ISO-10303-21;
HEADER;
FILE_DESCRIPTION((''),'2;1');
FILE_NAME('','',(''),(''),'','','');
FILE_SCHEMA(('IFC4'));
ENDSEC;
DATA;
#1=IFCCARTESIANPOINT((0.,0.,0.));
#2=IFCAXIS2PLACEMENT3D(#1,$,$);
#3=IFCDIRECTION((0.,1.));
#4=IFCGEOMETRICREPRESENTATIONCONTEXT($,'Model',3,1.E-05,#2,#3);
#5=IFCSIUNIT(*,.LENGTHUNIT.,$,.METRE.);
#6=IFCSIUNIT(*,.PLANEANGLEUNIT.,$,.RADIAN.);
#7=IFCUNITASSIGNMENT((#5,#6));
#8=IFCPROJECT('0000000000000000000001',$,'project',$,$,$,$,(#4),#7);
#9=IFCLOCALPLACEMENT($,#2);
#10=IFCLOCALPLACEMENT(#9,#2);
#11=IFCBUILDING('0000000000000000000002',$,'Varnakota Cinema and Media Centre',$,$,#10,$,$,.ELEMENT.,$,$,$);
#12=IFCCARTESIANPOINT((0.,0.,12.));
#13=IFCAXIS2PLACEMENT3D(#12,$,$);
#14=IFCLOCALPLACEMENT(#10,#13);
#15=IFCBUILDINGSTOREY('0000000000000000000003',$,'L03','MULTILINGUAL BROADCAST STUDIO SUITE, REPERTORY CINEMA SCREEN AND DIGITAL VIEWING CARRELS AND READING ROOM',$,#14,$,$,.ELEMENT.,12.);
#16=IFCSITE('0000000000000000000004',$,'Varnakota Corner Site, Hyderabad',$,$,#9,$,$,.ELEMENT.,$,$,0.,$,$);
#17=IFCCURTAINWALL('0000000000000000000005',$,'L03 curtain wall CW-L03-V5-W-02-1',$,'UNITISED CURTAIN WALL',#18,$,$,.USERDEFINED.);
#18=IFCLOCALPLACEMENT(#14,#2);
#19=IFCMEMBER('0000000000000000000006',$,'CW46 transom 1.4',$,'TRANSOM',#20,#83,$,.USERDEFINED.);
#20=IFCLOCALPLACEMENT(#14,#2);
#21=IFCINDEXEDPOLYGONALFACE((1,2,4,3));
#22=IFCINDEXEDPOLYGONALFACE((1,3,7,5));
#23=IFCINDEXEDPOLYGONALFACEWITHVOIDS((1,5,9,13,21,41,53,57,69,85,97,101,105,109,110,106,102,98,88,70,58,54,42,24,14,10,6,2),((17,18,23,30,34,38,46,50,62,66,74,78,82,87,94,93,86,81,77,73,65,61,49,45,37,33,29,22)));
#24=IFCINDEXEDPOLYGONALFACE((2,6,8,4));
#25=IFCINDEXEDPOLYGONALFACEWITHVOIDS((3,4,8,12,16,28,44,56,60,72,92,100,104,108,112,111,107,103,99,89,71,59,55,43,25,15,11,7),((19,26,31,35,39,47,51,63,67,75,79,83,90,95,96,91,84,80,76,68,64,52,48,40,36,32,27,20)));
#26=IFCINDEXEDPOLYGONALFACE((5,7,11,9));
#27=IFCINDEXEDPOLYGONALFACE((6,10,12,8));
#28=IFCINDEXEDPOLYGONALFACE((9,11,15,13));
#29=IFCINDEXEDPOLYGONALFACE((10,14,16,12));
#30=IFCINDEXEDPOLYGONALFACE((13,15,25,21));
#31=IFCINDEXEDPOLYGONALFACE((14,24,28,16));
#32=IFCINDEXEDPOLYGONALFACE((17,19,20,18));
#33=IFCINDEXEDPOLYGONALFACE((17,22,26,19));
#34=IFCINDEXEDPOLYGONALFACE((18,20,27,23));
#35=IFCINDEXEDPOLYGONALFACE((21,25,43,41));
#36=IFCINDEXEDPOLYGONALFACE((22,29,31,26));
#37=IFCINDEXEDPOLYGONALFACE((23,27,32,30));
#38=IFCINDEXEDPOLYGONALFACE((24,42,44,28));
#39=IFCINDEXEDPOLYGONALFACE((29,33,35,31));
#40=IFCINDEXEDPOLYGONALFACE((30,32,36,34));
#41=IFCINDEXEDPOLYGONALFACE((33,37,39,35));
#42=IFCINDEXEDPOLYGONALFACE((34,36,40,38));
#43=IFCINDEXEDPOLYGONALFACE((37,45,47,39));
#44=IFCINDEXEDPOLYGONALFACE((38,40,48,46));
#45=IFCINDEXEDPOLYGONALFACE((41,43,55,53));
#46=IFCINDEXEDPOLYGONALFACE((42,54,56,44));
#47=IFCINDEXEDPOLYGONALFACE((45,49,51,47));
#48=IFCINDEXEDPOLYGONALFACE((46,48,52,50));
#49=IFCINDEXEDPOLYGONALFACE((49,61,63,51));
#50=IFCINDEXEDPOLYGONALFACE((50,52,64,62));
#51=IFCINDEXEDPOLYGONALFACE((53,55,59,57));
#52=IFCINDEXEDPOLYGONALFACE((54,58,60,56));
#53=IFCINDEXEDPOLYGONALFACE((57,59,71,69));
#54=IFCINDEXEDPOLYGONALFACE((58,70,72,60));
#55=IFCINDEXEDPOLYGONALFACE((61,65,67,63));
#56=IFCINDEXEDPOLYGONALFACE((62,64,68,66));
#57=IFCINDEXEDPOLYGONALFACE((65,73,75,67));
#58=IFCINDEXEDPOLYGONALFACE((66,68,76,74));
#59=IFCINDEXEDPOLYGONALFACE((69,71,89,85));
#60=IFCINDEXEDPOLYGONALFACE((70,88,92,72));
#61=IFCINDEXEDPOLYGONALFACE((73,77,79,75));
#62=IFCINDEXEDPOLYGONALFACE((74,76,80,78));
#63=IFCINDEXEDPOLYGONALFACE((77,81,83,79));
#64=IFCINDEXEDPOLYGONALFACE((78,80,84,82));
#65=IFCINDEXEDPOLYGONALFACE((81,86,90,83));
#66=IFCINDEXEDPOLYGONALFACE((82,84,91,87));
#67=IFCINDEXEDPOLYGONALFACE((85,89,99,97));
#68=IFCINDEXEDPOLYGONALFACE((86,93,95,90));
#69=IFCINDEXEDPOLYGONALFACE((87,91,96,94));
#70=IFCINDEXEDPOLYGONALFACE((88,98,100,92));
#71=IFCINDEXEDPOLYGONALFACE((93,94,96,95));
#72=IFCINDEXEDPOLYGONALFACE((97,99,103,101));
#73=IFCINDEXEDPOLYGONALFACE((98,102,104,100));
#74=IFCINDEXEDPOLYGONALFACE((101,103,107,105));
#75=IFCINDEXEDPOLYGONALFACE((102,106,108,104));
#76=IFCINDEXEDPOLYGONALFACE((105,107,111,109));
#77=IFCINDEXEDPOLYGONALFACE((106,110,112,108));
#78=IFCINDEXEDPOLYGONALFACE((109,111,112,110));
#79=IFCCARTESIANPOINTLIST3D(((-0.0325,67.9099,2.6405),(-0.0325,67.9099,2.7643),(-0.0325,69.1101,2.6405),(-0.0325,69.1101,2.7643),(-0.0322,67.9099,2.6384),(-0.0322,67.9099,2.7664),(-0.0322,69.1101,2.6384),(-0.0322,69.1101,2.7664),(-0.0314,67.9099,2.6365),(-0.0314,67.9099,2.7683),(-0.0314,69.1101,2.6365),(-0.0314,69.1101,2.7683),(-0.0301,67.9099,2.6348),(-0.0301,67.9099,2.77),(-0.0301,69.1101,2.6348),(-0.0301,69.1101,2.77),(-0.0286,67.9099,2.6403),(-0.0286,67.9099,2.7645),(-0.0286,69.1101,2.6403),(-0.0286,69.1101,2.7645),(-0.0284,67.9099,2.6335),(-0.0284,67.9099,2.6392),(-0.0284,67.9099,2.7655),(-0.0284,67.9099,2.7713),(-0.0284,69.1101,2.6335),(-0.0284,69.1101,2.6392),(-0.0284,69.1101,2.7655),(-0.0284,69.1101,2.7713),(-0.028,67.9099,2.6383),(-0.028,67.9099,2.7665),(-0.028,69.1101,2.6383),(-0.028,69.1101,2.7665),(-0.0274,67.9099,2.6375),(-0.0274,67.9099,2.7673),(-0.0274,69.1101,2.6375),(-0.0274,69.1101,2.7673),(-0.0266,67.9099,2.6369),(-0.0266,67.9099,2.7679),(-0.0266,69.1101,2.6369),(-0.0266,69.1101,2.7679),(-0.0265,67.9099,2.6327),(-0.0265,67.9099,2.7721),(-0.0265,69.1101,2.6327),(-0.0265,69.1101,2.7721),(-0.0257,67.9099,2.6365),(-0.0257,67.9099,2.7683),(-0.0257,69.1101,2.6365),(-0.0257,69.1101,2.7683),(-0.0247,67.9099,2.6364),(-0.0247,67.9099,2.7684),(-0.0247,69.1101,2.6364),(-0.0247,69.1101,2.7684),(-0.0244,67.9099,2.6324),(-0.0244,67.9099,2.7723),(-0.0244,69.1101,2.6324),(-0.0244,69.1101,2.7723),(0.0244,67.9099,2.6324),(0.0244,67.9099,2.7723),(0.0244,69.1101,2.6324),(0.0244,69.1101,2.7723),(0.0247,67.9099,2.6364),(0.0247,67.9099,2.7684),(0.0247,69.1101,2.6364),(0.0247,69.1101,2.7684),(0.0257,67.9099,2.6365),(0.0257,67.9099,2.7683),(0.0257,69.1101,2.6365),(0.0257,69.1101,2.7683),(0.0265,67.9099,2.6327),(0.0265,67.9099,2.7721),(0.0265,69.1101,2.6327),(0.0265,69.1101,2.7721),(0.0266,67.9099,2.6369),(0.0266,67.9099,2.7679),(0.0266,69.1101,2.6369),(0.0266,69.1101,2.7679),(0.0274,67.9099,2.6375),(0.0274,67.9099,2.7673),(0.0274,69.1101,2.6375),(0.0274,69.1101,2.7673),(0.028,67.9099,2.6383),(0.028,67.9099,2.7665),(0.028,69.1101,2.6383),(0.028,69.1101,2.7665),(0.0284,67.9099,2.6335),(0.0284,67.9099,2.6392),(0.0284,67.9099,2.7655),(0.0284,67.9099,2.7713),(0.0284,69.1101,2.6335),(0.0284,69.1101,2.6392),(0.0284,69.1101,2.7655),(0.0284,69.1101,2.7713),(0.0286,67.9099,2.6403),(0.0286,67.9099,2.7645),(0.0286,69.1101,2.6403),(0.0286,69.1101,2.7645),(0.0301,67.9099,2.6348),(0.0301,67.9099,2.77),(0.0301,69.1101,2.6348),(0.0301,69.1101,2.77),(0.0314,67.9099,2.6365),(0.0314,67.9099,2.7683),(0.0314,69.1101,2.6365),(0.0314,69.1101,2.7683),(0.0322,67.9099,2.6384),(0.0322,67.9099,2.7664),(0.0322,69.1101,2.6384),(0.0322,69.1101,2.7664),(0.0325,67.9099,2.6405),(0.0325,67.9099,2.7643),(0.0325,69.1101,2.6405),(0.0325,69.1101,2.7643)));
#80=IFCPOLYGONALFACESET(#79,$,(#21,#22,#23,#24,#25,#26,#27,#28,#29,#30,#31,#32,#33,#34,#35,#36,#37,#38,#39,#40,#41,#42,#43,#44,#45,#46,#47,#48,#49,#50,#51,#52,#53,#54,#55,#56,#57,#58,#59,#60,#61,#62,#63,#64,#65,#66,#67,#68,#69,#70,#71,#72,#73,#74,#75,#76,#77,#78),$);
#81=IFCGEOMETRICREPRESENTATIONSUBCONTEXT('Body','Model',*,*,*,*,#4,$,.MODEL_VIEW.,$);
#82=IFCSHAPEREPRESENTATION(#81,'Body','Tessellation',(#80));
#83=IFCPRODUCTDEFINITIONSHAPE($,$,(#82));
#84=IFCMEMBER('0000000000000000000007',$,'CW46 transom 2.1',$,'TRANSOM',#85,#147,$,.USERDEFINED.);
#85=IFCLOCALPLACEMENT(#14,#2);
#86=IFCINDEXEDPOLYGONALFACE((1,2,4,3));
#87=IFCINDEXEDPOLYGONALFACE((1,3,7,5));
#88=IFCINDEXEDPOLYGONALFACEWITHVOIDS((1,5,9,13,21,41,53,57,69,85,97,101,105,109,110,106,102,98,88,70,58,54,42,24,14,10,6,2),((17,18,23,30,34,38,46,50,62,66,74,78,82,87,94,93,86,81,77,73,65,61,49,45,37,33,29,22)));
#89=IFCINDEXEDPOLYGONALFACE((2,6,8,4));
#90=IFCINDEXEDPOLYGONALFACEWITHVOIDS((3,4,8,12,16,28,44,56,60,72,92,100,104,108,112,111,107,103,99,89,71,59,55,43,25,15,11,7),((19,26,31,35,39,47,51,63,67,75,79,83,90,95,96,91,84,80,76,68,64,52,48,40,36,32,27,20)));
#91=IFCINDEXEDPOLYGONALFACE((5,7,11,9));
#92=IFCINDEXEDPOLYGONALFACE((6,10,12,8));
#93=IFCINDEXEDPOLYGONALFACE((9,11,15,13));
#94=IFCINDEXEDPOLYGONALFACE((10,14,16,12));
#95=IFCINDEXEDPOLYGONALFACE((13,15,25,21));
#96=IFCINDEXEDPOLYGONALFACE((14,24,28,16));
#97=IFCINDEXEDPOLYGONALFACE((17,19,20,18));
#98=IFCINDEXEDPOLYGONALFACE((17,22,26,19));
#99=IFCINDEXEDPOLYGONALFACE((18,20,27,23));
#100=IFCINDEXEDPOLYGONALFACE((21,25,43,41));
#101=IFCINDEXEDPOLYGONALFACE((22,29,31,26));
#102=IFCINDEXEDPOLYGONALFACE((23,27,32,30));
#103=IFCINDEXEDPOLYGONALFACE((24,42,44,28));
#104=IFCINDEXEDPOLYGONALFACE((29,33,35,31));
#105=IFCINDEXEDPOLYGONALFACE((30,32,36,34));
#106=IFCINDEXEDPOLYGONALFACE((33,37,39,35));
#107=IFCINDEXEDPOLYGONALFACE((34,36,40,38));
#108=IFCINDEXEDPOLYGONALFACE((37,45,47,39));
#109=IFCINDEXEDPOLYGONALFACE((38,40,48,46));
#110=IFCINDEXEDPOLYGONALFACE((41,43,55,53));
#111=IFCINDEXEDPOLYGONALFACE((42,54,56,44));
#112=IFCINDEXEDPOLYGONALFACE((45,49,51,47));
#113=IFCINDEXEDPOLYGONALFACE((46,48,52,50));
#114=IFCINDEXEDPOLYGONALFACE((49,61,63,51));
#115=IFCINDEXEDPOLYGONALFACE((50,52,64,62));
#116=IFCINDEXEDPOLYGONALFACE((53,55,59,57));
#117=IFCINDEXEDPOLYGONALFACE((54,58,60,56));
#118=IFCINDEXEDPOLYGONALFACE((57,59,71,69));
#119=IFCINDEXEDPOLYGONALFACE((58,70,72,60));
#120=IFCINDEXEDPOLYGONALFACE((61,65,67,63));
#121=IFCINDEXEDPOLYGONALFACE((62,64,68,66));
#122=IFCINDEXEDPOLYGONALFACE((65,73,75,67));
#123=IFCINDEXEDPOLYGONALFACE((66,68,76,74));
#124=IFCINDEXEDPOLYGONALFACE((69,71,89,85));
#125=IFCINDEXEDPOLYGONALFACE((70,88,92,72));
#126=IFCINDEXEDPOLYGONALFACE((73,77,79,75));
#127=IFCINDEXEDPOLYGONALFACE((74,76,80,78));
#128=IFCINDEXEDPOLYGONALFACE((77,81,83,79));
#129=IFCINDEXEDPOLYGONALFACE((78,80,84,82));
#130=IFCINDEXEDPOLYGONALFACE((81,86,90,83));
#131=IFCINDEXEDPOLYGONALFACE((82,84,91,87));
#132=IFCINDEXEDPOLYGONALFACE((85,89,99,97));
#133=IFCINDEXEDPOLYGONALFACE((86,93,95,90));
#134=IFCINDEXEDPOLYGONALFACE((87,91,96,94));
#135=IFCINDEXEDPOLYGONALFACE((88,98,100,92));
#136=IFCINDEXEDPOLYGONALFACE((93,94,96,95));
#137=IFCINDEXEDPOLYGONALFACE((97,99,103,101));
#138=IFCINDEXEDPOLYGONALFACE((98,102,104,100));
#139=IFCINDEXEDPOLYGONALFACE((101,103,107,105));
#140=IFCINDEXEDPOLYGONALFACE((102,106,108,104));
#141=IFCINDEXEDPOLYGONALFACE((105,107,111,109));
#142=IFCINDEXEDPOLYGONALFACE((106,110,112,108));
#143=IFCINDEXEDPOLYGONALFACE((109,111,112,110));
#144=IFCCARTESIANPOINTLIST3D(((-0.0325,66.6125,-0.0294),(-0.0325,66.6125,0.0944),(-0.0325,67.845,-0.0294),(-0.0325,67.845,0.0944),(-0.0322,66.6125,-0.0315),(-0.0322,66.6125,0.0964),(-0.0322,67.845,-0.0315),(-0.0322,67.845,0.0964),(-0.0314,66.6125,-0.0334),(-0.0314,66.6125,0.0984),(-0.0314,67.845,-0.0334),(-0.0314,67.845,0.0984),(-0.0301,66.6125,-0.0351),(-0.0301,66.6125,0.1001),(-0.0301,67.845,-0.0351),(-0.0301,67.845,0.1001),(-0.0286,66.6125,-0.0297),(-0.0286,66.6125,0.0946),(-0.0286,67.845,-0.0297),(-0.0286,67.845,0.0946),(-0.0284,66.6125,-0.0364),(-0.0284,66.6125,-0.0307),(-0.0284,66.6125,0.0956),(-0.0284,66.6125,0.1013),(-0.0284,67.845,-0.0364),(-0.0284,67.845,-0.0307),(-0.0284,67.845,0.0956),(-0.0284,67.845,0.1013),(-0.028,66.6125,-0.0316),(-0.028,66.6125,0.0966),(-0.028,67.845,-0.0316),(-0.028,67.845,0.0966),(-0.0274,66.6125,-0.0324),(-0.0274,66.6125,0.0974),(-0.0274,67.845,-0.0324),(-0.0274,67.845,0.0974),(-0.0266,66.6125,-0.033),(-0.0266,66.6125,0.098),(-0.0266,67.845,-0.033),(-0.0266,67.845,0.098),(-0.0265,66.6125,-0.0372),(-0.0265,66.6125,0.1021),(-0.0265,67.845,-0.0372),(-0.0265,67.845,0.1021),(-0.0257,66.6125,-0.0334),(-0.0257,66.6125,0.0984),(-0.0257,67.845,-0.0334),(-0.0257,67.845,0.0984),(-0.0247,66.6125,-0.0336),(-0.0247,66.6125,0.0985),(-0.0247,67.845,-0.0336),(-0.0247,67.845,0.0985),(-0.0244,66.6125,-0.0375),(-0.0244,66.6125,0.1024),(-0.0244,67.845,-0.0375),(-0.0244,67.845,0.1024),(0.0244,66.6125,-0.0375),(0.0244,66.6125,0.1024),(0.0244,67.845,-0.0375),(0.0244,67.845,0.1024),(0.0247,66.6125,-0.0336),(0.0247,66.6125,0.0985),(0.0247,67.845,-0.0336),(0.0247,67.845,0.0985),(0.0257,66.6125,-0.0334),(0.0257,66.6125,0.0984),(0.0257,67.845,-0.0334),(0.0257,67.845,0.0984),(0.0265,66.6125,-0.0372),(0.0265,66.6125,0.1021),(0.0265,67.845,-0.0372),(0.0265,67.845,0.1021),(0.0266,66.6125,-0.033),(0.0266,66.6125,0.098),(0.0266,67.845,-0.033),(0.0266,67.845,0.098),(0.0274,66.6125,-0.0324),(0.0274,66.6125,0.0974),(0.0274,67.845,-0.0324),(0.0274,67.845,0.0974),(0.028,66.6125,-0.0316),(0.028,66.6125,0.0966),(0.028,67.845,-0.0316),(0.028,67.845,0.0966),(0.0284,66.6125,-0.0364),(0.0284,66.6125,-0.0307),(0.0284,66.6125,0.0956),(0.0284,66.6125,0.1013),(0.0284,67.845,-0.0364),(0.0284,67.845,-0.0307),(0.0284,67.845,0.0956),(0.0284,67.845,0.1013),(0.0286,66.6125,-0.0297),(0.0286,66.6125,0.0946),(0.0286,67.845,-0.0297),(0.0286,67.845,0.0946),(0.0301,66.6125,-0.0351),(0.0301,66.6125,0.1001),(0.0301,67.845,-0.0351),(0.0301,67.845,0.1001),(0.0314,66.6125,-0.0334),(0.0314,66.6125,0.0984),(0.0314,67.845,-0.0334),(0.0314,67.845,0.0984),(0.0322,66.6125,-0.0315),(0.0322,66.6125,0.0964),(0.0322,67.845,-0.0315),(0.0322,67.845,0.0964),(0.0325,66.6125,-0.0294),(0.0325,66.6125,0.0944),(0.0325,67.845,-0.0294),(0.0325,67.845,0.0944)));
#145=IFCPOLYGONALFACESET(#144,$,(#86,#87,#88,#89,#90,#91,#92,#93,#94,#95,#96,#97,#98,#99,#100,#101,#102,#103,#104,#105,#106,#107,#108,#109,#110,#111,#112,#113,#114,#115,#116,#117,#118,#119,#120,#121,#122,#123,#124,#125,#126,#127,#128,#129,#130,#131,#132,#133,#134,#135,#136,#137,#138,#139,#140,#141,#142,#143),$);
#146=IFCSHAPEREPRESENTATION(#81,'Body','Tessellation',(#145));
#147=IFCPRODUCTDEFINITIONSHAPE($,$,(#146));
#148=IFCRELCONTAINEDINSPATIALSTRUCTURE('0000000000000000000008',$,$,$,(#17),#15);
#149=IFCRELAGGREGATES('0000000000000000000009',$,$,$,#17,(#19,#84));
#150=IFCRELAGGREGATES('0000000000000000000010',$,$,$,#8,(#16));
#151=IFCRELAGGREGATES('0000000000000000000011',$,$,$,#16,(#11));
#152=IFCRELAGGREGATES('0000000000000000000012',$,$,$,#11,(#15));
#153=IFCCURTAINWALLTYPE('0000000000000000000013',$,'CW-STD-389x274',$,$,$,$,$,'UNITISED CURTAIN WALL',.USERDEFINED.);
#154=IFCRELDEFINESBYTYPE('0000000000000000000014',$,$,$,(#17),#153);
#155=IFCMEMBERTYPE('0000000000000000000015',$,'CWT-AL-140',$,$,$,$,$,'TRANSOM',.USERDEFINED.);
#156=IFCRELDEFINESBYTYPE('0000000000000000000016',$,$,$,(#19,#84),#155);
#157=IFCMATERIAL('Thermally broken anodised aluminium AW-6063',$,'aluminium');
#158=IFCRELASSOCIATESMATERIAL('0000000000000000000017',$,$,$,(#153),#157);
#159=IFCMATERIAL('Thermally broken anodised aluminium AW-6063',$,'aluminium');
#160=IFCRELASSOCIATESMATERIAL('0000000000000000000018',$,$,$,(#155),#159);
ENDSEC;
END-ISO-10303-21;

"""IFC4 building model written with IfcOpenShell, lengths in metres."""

from ifc_helpers import new_model, si_unit, direction, frame, origin, origin_2d, place, context, subcontext, project, spatial, hollow_rectangle, extrude, material, material_profile, profile_set, type_object, element, aggregate, save


model = new_model("IFC4")

# Units and contexts
model_context = context("Model", 3, precision=1e-05, world=origin(), true_north=direction((0.0, 1.0)))
body_context = subcontext(model_context, "Body", "Model", "MODEL_VIEW")
ifc_project = project(units=[si_unit("LENGTHUNIT", "METRE"), si_unit("PLANEANGLEUNIT", "RADIAN")], contexts=[model_context])

# Site, building, storey
site_placement = place(None, origin())
site = spatial("IfcSite", under=ifc_project, at=site_placement, Name="Varnakota Corner Site, Hyderabad", CompositionType="ELEMENT", RefElevation=0.0)
building_placement = place(site_placement, origin())
building = spatial("IfcBuilding", under=site, at=building_placement, Name="Varnakota Cinema and Media Centre", CompositionType="ELEMENT")
storey_placement = place(building_placement, frame((0.0, 0.0, 12.0)))
storey = spatial("IfcBuildingStorey", under=building, at=storey_placement, Name="L03", Description="MULTILINGUAL BROADCAST STUDIO SUITE, REPERTORY CINEMA SCREEN AND DIGITAL VIEWING CARRELS AND READING ROOM", CompositionType="ELEMENT", Elevation=12.0)

# Curtain wall, members
ifc_material_1 = material(Name="Thermally broken anodised aluminium AW-6063", Category="aluminium")
curtain_wall_type = type_object("IfcCurtainWallType", Name="CW-STD-389x274", ElementType="UNITISED CURTAIN WALL", PredefinedType="USERDEFINED", material=ifc_material_1)
curtain_wall_placement = place(storey_placement, origin())
curtain_wall = element("IfcCurtainWall", 1, at=curtain_wall_placement, inside=storey, type_object=curtain_wall_type, Name="L03 curtain wall CW-L03-V5-W-02-1", ObjectType="UNITISED CURTAIN WALL", PredefinedType="USERDEFINED")
ifc_material_2 = material(Name="Thermally broken anodised aluminium AW-6063", Category="aluminium")
ifc_material_profile_1 = material_profile(ifc_material_2, hollow_rectangle(XDim=0.0649, YDim=0.1399, WallThickness=0.0039, InnerFilletRadius=0.0039, OuterFilletRadius=0.0081, at=origin_2d()), Name="AL-TRANSOM 140x65x4")
ifc_profile_set_1 = profile_set([ifc_material_profile_1], Name="Thermally broken anodised aluminium AW-6063")
member_type_1 = type_object("IfcMemberType", Name="CWT-AL-140", ElementType="TRANSOM", PredefinedType="USERDEFINED", material=ifc_profile_set_1)
member_1_placement = place(storey_placement, frame((0.0, 69.1101, 2.7024), z_axis=(0.0, -1.0, 0.0), x_axis=(1.0, 0.0, 0.0)))
member_1 = element("IfcMember", 2, at=member_1_placement, type_object=member_type_1, Name="CW46 transom 1.4", ObjectType="TRANSOM", PredefinedType="USERDEFINED", context=body_context, shape_type="SweptSolid", body=[
    extrude(hollow_rectangle(XDim=0.0649, YDim=0.1399, WallThickness=0.0039, InnerFilletRadius=0.0039, OuterFilletRadius=0.0081, at=origin_2d()), origin(), (0.0, 0.0, 1.0), 1.2002),
])
member_2_placement = place(storey_placement, frame((0.0, 67.845, 0.0325), z_axis=(0.0, -1.0, 0.0), x_axis=(1.0, 0.0, 0.0)))
member_2 = element("IfcMember", 3, at=member_2_placement, type_object=member_type_1, Name="CW46 transom 2.1", ObjectType="TRANSOM", PredefinedType="USERDEFINED", context=body_context, shape_type="SweptSolid", body=[
    extrude(hollow_rectangle(XDim=0.0649, YDim=0.1399, WallThickness=0.0039, InnerFilletRadius=0.0039, OuterFilletRadius=0.0081, at=origin_2d()), origin(), (0.0, 0.0, 1.0), 1.2324),
])
aggregate(curtain_wall, [member_1, member_2])

save(model, "model.ifc")
